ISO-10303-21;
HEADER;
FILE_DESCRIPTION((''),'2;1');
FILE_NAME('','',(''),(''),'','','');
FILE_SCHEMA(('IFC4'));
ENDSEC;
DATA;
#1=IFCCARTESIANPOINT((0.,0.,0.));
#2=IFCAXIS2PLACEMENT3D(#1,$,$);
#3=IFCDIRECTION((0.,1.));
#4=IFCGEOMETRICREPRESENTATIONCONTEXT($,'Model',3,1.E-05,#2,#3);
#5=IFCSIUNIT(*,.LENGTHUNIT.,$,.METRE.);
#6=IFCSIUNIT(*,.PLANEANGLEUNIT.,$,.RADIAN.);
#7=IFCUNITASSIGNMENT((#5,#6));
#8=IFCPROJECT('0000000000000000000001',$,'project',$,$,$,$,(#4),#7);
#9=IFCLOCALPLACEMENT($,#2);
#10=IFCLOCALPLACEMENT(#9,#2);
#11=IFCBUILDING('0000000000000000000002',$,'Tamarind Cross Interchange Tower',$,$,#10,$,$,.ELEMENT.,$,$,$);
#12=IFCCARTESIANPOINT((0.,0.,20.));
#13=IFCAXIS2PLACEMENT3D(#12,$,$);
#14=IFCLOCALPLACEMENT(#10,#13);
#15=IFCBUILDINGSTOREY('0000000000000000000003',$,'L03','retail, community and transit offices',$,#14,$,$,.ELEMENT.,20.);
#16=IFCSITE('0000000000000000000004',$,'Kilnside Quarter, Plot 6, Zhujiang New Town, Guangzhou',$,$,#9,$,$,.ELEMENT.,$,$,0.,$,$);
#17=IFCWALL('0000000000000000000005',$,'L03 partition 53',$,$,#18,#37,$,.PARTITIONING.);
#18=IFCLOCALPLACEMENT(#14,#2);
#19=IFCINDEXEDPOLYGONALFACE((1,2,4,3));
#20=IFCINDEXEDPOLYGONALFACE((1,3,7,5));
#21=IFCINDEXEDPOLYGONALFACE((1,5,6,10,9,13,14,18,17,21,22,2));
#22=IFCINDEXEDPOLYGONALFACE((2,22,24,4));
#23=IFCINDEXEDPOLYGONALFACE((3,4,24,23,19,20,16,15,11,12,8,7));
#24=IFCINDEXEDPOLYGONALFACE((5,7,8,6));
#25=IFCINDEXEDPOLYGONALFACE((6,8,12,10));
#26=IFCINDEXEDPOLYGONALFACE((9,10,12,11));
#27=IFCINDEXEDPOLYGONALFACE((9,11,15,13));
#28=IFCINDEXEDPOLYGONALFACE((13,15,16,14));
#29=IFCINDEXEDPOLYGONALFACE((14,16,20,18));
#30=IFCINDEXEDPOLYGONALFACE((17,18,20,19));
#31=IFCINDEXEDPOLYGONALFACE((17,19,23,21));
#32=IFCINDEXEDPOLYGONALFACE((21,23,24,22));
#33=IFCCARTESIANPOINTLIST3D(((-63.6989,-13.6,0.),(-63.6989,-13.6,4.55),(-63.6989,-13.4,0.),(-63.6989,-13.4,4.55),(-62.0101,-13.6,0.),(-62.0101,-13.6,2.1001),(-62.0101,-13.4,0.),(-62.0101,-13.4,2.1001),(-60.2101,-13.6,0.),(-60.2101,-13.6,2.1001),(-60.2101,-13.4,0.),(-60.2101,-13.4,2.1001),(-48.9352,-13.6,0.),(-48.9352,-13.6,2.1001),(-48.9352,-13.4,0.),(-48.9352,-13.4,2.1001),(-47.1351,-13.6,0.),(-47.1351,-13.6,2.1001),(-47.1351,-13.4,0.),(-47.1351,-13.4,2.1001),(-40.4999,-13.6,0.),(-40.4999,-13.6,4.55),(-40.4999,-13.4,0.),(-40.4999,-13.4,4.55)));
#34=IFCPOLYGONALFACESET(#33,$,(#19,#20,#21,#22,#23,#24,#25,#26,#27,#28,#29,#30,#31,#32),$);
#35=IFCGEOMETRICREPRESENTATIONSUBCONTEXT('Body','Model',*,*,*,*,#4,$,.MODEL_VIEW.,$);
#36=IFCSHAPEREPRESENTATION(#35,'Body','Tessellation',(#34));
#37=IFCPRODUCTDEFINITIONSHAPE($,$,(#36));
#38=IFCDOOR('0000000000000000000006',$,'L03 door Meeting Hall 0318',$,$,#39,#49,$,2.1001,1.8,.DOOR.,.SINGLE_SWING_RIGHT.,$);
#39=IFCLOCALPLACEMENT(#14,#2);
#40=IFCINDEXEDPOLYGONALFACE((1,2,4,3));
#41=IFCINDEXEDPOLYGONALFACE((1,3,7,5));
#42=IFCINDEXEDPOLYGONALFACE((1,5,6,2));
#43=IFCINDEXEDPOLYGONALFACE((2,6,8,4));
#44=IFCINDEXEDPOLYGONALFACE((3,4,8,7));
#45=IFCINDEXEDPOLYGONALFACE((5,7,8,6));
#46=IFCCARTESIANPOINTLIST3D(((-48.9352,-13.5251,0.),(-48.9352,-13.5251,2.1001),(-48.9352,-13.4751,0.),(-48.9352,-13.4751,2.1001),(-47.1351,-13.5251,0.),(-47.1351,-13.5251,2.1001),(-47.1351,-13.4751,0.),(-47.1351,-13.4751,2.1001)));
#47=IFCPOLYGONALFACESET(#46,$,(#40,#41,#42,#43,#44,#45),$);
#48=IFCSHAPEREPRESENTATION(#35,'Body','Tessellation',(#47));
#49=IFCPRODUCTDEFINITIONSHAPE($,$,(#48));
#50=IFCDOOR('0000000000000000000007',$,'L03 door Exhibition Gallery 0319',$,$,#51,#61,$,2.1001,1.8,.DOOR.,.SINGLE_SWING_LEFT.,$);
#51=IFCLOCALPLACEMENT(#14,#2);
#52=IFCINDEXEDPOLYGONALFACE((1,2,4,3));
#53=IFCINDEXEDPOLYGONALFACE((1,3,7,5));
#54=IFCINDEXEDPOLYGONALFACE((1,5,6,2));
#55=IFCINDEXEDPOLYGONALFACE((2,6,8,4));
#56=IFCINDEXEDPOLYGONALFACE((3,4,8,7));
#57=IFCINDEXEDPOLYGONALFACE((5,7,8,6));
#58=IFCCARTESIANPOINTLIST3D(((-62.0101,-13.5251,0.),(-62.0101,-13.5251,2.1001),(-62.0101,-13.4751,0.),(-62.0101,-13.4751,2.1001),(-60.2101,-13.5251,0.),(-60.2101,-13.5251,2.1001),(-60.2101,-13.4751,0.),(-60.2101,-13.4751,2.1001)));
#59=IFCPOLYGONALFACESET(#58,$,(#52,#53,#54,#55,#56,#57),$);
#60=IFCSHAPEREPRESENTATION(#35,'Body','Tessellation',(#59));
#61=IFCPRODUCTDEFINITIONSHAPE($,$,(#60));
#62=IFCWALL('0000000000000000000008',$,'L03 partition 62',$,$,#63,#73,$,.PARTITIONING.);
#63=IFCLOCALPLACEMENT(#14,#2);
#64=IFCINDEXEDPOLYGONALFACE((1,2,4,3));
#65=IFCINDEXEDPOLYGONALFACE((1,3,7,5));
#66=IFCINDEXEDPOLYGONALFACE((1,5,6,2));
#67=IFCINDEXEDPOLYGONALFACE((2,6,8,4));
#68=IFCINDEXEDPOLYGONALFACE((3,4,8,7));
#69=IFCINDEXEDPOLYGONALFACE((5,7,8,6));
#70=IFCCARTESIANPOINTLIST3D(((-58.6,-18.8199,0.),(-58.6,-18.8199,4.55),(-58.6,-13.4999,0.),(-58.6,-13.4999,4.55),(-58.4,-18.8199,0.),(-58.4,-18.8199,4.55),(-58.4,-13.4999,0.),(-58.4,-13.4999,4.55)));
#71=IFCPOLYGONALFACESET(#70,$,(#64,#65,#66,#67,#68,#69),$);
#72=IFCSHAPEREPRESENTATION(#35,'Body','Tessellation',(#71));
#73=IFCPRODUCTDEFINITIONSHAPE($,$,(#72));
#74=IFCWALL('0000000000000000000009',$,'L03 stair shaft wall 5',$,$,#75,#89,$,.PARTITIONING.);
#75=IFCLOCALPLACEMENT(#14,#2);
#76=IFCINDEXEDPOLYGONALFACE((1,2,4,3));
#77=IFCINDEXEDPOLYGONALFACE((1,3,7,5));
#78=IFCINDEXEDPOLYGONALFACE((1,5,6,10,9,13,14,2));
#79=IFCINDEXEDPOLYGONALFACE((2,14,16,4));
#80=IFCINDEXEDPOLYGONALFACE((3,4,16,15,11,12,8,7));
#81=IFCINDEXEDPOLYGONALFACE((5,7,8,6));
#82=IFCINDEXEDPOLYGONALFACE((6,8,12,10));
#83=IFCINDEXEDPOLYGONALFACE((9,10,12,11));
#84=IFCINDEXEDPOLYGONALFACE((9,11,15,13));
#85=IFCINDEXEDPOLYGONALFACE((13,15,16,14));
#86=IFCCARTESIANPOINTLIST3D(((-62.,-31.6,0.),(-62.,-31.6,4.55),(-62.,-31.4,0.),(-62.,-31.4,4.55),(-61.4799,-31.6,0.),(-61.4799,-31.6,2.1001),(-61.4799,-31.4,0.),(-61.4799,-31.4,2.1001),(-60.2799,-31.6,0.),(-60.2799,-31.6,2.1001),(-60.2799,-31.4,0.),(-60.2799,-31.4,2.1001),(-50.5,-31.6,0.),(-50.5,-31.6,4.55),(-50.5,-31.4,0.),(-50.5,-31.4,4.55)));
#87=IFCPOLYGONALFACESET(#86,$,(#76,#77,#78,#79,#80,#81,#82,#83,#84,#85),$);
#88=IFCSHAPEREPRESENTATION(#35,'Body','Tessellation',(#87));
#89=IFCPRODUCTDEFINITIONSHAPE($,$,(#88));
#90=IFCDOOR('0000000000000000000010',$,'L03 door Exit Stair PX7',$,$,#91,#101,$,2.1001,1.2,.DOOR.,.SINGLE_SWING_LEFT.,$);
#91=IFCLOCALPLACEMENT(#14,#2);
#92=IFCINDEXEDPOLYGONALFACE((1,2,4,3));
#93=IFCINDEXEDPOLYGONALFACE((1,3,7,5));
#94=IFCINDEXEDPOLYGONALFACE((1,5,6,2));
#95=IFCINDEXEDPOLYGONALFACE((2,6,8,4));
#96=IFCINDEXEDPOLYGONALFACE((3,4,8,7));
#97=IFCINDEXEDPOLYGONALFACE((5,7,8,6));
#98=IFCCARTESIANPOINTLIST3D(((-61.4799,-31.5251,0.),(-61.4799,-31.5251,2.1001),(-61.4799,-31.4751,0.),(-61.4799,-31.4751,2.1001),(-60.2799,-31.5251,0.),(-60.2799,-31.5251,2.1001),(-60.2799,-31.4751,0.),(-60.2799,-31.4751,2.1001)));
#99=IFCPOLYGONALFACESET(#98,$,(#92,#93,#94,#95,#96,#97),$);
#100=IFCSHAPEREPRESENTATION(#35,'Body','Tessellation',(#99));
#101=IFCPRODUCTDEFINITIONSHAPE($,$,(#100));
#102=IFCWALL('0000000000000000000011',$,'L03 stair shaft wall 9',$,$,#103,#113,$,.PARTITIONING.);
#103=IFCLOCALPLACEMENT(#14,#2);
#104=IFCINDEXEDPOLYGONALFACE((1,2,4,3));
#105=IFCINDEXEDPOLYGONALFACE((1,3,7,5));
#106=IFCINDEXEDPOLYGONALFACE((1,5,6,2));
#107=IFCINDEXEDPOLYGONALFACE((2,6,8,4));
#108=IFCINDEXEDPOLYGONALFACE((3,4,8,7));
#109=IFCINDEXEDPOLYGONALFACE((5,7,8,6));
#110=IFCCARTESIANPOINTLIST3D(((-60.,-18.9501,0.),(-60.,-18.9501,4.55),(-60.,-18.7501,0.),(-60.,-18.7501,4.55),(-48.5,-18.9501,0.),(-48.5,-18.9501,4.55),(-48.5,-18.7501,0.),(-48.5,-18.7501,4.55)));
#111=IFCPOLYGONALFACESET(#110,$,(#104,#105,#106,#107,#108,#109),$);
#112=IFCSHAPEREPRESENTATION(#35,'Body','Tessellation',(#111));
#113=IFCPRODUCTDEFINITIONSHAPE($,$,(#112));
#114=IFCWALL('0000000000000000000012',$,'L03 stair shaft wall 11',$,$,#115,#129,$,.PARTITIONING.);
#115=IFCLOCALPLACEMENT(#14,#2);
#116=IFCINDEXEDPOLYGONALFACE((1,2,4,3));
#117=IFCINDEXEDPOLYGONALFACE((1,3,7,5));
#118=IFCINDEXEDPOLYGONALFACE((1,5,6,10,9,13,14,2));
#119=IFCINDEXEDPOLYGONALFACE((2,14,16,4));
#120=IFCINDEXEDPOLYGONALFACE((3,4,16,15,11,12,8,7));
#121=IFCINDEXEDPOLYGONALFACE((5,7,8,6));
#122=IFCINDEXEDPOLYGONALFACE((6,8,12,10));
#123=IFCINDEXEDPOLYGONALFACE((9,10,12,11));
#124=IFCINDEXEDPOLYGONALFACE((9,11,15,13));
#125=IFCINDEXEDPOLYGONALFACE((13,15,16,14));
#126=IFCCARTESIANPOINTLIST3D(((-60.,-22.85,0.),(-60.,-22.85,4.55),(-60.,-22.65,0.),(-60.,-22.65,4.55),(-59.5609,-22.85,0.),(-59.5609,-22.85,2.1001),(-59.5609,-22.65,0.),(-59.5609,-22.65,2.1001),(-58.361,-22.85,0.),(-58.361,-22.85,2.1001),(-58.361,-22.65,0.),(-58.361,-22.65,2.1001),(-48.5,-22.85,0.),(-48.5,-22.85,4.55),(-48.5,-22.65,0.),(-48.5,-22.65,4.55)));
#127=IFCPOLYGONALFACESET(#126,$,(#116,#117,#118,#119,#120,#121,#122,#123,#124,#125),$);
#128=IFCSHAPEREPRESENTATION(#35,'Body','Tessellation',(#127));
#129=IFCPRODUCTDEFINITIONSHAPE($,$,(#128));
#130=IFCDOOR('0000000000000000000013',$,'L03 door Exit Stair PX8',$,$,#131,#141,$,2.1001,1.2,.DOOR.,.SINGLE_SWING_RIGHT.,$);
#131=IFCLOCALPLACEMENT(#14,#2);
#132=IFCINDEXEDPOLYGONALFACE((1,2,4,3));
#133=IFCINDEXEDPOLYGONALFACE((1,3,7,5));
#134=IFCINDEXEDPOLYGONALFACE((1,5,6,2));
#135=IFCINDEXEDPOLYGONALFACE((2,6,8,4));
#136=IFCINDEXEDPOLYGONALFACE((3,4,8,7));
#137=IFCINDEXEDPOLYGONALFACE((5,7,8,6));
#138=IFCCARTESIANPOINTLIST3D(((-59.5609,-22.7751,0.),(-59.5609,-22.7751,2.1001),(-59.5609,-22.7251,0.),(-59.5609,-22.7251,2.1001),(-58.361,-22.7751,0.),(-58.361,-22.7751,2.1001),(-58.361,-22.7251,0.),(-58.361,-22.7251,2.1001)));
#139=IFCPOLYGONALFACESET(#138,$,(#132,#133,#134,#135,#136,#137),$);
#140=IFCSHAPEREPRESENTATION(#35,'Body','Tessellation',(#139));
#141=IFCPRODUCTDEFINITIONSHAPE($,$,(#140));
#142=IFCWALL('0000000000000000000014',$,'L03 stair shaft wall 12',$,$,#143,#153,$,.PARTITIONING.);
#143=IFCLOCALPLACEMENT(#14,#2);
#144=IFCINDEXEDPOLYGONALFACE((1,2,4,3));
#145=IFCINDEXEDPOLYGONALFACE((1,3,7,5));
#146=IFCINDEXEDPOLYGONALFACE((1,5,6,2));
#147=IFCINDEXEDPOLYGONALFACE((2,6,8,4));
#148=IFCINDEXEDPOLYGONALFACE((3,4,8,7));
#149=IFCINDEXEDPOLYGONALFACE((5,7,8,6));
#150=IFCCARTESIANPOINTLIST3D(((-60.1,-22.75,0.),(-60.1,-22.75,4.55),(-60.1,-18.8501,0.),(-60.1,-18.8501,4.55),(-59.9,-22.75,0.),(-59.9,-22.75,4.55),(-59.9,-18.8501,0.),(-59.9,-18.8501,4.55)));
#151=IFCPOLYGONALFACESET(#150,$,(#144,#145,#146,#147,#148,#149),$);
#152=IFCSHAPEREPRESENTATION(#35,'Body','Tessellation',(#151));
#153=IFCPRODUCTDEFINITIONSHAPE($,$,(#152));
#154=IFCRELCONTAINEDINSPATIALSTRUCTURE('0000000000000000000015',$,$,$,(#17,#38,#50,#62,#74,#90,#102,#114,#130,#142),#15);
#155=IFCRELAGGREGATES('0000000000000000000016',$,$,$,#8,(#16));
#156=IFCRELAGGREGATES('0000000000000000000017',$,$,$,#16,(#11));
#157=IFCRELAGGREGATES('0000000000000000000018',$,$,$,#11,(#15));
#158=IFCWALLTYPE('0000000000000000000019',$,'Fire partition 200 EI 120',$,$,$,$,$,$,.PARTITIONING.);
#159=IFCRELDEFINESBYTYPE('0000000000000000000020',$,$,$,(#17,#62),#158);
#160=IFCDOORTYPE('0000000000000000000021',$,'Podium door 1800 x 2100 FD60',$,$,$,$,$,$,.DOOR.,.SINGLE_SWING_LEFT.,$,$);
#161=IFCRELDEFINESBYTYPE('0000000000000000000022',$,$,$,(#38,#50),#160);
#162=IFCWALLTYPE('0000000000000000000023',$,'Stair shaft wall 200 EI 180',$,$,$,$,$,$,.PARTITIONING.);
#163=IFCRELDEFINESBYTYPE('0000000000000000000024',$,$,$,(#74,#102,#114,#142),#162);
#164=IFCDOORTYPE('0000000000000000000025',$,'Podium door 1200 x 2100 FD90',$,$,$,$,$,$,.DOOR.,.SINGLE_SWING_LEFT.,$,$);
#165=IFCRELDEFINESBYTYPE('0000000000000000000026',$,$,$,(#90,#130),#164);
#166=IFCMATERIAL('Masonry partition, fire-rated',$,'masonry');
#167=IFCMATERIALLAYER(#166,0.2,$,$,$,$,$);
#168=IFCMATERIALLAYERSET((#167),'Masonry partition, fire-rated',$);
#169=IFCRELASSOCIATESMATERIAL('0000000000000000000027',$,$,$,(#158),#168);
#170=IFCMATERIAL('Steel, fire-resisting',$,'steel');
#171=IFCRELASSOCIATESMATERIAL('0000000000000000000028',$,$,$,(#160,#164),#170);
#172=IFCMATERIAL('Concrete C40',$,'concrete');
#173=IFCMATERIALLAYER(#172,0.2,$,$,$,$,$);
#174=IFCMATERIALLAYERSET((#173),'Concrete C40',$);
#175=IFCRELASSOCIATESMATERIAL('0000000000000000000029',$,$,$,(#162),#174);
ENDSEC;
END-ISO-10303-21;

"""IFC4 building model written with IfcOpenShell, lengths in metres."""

from ifc_helpers import new_model, si_unit, direction, frame, frame_2d, origin, place, context, subcontext, project, spatial, rectangle, extrude, material, layer, layer_set, type_object, element, fill, save


model = new_model("IFC4")

# Units and contexts
model_context = context("Model", 3, precision=1e-05, world=origin(), true_north=direction((0.0, 1.0)))
body_context = subcontext(model_context, "Body", "Model", "MODEL_VIEW")
ifc_project = project(units=[si_unit("LENGTHUNIT", "METRE"), si_unit("PLANEANGLEUNIT", "RADIAN")], contexts=[model_context])

# Site, building, storey
site_placement = place(None, origin())
site = spatial("IfcSite", under=ifc_project, at=site_placement, Name="Kilnside Quarter, Plot 6, Zhujiang New Town, Guangzhou", CompositionType="ELEMENT", RefElevation=0.0)
building_placement = place(site_placement, origin())
building = spatial("IfcBuilding", under=site, at=building_placement, Name="Tamarind Cross Interchange Tower", CompositionType="ELEMENT")
storey_placement = place(building_placement, frame((0.0, 0.0, 20.0)))
storey = spatial("IfcBuildingStorey", under=building, at=storey_placement, Name="L03", Description="retail, community and transit offices", CompositionType="ELEMENT", Elevation=20.0)

# Shared definitions
ifc_material_1 = material(Name="Masonry partition, fire-rated", Category="masonry")
ifc_layer_1 = layer(ifc_material_1, 0.2)
ifc_layer_set_1 = layer_set([ifc_layer_1], Name="Masonry partition, fire-rated")
wall_type_1 = type_object("IfcWallType", Name="Fire partition 200 EI 120", PredefinedType="PARTITIONING", material=ifc_layer_set_1)

# Wall, openings, doors
wall_1_placement = place(storey_placement, frame((-63.699, -13.5, 0.0), z_axis=(0.0, 0.0, 1.0), x_axis=(1.0, 0.0, 0.0)))
wall_1 = element("IfcWall", 1, at=wall_1_placement, inside=storey, type_object=wall_type_1, Name="L03 partition 53", PredefinedType="PARTITIONING", context=body_context, shape_type="SweptSolid", body=[
    extrude(rectangle(XDim=23.199, YDim=0.2, at=frame_2d((11.5996, 0.0))), origin(), (0.0, 0.0, 1.0), 4.55),
])
opening_1_placement = place(wall_1_placement, frame((14.7639, 0.0, 0.0)))
opening_1 = element("IfcOpeningElement", 2, at=opening_1_placement, cuts=wall_1, PredefinedType="OPENING", context=body_context, shape_type="SweptSolid", body=[
    extrude(rectangle(XDim=1.8, YDim=2.1001, at=frame_2d((0.8999, 1.05))), frame((0.0, 0.1099, 0.0), z_axis=(0.0, -1.0, 0.0), x_axis=(1.0, 0.0, 0.0)), (0.0, 0.0, 1.0), 0.22),
])
opening_2_placement = place(wall_1_placement, frame((1.689, 0.0, 0.0)))
opening_2 = element("IfcOpeningElement", 3, at=opening_2_placement, cuts=wall_1, PredefinedType="OPENING", context=body_context, shape_type="SweptSolid", body=[
    extrude(rectangle(XDim=1.8, YDim=2.1001, at=frame_2d((0.8999, 1.05))), frame((0.0, 0.1099, 0.0), z_axis=(0.0, -1.0, 0.0), x_axis=(1.0, 0.0, 0.0)), (0.0, 0.0, 1.0), 0.22),
])
ifc_material_2 = material(Name="Steel, fire-resisting", Category="steel")
door_type_1 = type_object("IfcDoorType", Name="Podium door 1800 x 2100 FD60", OperationType="SINGLE_SWING_LEFT", PredefinedType="DOOR", material=ifc_material_2)
door_1_placement = place(opening_1_placement, origin())
door_1 = element("IfcDoor", 4, at=door_1_placement, inside=storey, type_object=door_type_1, Name="L03 door Meeting Hall 0318", OperationType="SINGLE_SWING_RIGHT", OverallHeight=2.1001, OverallWidth=1.8, PredefinedType="DOOR", context=body_context, shape_type="SweptSolid", body=[
    extrude(rectangle(XDim=1.8, YDim=2.1001, at=frame_2d((0.8999, 1.05))), frame((0.0, 0.0249, 0.0), z_axis=(0.0, -1.0, 0.0), x_axis=(1.0, 0.0, 0.0)), (0.0, 0.0, 1.0), 0.05),
])
fill(opening_1, door_1)
door_2_placement = place(opening_2_placement, origin())
door_2 = element("IfcDoor", 5, at=door_2_placement, inside=storey, type_object=door_type_1, Name="L03 door Exhibition Gallery 0319", OperationType="SINGLE_SWING_LEFT", OverallHeight=2.1001, OverallWidth=1.8, PredefinedType="DOOR", context=body_context, shape_type="SweptSolid", body=[
    extrude(rectangle(XDim=1.8, YDim=2.1001, at=frame_2d((0.8999, 1.05))), frame((0.0, 0.0249, 0.0), z_axis=(0.0, -1.0, 0.0), x_axis=(1.0, 0.0, 0.0)), (0.0, 0.0, 1.0), 0.05),
])
fill(opening_2, door_2)

# Wall
wall_2_placement = place(storey_placement, frame((-58.5, -18.8201, 0.0), z_axis=(0.0, 0.0, 1.0), x_axis=(0.0, 1.0, 0.0)))
element("IfcWall", 6, at=wall_2_placement, inside=storey, type_object=wall_type_1, Name="L03 partition 62", PredefinedType="PARTITIONING", context=body_context, shape_type="SweptSolid", body=[
    extrude(rectangle(XDim=5.3201, YDim=0.2, at=frame_2d((2.6602, 0.0))), origin(), (0.0, 0.0, 1.0), 4.55),
])

# Wall, opening, door
ifc_material_3 = material(Name="Concrete C40", Category="concrete")
ifc_layer_2 = layer(ifc_material_3, 0.2)
ifc_layer_set_2 = layer_set([ifc_layer_2], Name="Concrete C40")
wall_type_2 = type_object("IfcWallType", Name="Stair shaft wall 200 EI 180", PredefinedType="PARTITIONING", material=ifc_layer_set_2)
wall_3_placement = place(storey_placement, frame((-62.0, -31.5, 0.0), z_axis=(0.0, 0.0, 1.0), x_axis=(1.0, 0.0, 0.0)))
wall_3 = element("IfcWall", 7, at=wall_3_placement, inside=storey, type_object=wall_type_2, Name="L03 stair shaft wall 5", PredefinedType="PARTITIONING", context=body_context, shape_type="SweptSolid", body=[
    extrude(rectangle(XDim=11.5, YDim=0.2, at=frame_2d((5.75, 0.0))), origin(), (0.0, 0.0, 1.0), 4.55),
])
opening_3_placement = place(wall_3_placement, frame((0.52, 0.0, 0.0)))
opening_3 = element("IfcOpeningElement", 8, at=opening_3_placement, cuts=wall_3, PredefinedType="OPENING", context=body_context, shape_type="SweptSolid", body=[
    extrude(rectangle(XDim=1.2, YDim=2.1001, at=frame_2d((0.6001, 1.05))), frame((0.0, 0.1099, 0.0), z_axis=(0.0, -1.0, 0.0), x_axis=(1.0, 0.0, 0.0)), (0.0, 0.0, 1.0), 0.22),
])
door_type_2 = type_object("IfcDoorType", Name="Podium door 1200 x 2100 FD90", OperationType="SINGLE_SWING_LEFT", PredefinedType="DOOR", material=ifc_material_2)
door_3_placement = place(opening_3_placement, origin())
door_3 = element("IfcDoor", 9, at=door_3_placement, inside=storey, type_object=door_type_2, Name="L03 door Exit Stair PX7", OperationType="SINGLE_SWING_LEFT", OverallHeight=2.1001, OverallWidth=1.2, PredefinedType="DOOR", context=body_context, shape_type="SweptSolid", body=[
    extrude(rectangle(XDim=1.2, YDim=2.1001, at=frame_2d((0.6001, 1.05))), frame((0.0, 0.0249, 0.0), z_axis=(0.0, -1.0, 0.0), x_axis=(1.0, 0.0, 0.0)), (0.0, 0.0, 1.0), 0.05),
])
fill(opening_3, door_3)

# Wall
wall_4_placement = place(storey_placement, frame((-60.0, -18.8501, 0.0), z_axis=(0.0, 0.0, 1.0), x_axis=(1.0, 0.0, 0.0)))
element("IfcWall", 10, at=wall_4_placement, inside=storey, type_object=wall_type_2, Name="L03 stair shaft wall 9", PredefinedType="PARTITIONING", context=body_context, shape_type="SweptSolid", body=[
    extrude(rectangle(XDim=11.5, YDim=0.2, at=frame_2d((5.75, 0.0))), origin(), (0.0, 0.0, 1.0), 4.55),
])

# Wall, opening, door
wall_5_placement = place(storey_placement, frame((-60.0, -22.75, 0.0), z_axis=(0.0, 0.0, 1.0), x_axis=(1.0, 0.0, 0.0)))
wall_5 = element("IfcWall", 11, at=wall_5_placement, inside=storey, type_object=wall_type_2, Name="L03 stair shaft wall 11", PredefinedType="PARTITIONING", context=body_context, shape_type="SweptSolid", body=[
    extrude(rectangle(XDim=11.5, YDim=0.2, at=frame_2d((5.75, 0.0))), origin(), (0.0, 0.0, 1.0), 4.55),
])
opening_4_placement = place(wall_5_placement, frame((0.439, 0.0, 0.0)))
opening_4 = element("IfcOpeningElement", 12, at=opening_4_placement, cuts=wall_5, PredefinedType="OPENING", context=body_context, shape_type="SweptSolid", body=[
    extrude(rectangle(XDim=1.2, YDim=2.1001, at=frame_2d((0.6001, 1.05))), frame((0.0, 0.1099, 0.0), z_axis=(0.0, -1.0, 0.0), x_axis=(1.0, 0.0, 0.0)), (0.0, 0.0, 1.0), 0.22),
])
door_4_placement = place(opening_4_placement, origin())
door_4 = element("IfcDoor", 13, at=door_4_placement, inside=storey, type_object=door_type_2, Name="L03 door Exit Stair PX8", OperationType="SINGLE_SWING_RIGHT", OverallHeight=2.1001, OverallWidth=1.2, PredefinedType="DOOR", context=body_context, shape_type="SweptSolid", body=[
    extrude(rectangle(XDim=1.2, YDim=2.1001, at=frame_2d((0.6001, 1.05))), frame((0.0, 0.0249, 0.0), z_axis=(0.0, -1.0, 0.0), x_axis=(1.0, 0.0, 0.0)), (0.0, 0.0, 1.0), 0.05),
])
fill(opening_4, door_4)

# Wall
wall_6_placement = place(storey_placement, frame((-60.0, -22.75, 0.0), z_axis=(0.0, 0.0, 1.0), x_axis=(0.0, 1.0, 0.0)))
element("IfcWall", 14, at=wall_6_placement, inside=storey, type_object=wall_type_2, Name="L03 stair shaft wall 12", PredefinedType="PARTITIONING", context=body_context, shape_type="SweptSolid", body=[
    extrude(rectangle(XDim=3.8999, YDim=0.2, at=frame_2d((1.95, 0.0))), origin(), (0.0, 0.0, 1.0), 4.55),
])

save(model, "model.ifc")
